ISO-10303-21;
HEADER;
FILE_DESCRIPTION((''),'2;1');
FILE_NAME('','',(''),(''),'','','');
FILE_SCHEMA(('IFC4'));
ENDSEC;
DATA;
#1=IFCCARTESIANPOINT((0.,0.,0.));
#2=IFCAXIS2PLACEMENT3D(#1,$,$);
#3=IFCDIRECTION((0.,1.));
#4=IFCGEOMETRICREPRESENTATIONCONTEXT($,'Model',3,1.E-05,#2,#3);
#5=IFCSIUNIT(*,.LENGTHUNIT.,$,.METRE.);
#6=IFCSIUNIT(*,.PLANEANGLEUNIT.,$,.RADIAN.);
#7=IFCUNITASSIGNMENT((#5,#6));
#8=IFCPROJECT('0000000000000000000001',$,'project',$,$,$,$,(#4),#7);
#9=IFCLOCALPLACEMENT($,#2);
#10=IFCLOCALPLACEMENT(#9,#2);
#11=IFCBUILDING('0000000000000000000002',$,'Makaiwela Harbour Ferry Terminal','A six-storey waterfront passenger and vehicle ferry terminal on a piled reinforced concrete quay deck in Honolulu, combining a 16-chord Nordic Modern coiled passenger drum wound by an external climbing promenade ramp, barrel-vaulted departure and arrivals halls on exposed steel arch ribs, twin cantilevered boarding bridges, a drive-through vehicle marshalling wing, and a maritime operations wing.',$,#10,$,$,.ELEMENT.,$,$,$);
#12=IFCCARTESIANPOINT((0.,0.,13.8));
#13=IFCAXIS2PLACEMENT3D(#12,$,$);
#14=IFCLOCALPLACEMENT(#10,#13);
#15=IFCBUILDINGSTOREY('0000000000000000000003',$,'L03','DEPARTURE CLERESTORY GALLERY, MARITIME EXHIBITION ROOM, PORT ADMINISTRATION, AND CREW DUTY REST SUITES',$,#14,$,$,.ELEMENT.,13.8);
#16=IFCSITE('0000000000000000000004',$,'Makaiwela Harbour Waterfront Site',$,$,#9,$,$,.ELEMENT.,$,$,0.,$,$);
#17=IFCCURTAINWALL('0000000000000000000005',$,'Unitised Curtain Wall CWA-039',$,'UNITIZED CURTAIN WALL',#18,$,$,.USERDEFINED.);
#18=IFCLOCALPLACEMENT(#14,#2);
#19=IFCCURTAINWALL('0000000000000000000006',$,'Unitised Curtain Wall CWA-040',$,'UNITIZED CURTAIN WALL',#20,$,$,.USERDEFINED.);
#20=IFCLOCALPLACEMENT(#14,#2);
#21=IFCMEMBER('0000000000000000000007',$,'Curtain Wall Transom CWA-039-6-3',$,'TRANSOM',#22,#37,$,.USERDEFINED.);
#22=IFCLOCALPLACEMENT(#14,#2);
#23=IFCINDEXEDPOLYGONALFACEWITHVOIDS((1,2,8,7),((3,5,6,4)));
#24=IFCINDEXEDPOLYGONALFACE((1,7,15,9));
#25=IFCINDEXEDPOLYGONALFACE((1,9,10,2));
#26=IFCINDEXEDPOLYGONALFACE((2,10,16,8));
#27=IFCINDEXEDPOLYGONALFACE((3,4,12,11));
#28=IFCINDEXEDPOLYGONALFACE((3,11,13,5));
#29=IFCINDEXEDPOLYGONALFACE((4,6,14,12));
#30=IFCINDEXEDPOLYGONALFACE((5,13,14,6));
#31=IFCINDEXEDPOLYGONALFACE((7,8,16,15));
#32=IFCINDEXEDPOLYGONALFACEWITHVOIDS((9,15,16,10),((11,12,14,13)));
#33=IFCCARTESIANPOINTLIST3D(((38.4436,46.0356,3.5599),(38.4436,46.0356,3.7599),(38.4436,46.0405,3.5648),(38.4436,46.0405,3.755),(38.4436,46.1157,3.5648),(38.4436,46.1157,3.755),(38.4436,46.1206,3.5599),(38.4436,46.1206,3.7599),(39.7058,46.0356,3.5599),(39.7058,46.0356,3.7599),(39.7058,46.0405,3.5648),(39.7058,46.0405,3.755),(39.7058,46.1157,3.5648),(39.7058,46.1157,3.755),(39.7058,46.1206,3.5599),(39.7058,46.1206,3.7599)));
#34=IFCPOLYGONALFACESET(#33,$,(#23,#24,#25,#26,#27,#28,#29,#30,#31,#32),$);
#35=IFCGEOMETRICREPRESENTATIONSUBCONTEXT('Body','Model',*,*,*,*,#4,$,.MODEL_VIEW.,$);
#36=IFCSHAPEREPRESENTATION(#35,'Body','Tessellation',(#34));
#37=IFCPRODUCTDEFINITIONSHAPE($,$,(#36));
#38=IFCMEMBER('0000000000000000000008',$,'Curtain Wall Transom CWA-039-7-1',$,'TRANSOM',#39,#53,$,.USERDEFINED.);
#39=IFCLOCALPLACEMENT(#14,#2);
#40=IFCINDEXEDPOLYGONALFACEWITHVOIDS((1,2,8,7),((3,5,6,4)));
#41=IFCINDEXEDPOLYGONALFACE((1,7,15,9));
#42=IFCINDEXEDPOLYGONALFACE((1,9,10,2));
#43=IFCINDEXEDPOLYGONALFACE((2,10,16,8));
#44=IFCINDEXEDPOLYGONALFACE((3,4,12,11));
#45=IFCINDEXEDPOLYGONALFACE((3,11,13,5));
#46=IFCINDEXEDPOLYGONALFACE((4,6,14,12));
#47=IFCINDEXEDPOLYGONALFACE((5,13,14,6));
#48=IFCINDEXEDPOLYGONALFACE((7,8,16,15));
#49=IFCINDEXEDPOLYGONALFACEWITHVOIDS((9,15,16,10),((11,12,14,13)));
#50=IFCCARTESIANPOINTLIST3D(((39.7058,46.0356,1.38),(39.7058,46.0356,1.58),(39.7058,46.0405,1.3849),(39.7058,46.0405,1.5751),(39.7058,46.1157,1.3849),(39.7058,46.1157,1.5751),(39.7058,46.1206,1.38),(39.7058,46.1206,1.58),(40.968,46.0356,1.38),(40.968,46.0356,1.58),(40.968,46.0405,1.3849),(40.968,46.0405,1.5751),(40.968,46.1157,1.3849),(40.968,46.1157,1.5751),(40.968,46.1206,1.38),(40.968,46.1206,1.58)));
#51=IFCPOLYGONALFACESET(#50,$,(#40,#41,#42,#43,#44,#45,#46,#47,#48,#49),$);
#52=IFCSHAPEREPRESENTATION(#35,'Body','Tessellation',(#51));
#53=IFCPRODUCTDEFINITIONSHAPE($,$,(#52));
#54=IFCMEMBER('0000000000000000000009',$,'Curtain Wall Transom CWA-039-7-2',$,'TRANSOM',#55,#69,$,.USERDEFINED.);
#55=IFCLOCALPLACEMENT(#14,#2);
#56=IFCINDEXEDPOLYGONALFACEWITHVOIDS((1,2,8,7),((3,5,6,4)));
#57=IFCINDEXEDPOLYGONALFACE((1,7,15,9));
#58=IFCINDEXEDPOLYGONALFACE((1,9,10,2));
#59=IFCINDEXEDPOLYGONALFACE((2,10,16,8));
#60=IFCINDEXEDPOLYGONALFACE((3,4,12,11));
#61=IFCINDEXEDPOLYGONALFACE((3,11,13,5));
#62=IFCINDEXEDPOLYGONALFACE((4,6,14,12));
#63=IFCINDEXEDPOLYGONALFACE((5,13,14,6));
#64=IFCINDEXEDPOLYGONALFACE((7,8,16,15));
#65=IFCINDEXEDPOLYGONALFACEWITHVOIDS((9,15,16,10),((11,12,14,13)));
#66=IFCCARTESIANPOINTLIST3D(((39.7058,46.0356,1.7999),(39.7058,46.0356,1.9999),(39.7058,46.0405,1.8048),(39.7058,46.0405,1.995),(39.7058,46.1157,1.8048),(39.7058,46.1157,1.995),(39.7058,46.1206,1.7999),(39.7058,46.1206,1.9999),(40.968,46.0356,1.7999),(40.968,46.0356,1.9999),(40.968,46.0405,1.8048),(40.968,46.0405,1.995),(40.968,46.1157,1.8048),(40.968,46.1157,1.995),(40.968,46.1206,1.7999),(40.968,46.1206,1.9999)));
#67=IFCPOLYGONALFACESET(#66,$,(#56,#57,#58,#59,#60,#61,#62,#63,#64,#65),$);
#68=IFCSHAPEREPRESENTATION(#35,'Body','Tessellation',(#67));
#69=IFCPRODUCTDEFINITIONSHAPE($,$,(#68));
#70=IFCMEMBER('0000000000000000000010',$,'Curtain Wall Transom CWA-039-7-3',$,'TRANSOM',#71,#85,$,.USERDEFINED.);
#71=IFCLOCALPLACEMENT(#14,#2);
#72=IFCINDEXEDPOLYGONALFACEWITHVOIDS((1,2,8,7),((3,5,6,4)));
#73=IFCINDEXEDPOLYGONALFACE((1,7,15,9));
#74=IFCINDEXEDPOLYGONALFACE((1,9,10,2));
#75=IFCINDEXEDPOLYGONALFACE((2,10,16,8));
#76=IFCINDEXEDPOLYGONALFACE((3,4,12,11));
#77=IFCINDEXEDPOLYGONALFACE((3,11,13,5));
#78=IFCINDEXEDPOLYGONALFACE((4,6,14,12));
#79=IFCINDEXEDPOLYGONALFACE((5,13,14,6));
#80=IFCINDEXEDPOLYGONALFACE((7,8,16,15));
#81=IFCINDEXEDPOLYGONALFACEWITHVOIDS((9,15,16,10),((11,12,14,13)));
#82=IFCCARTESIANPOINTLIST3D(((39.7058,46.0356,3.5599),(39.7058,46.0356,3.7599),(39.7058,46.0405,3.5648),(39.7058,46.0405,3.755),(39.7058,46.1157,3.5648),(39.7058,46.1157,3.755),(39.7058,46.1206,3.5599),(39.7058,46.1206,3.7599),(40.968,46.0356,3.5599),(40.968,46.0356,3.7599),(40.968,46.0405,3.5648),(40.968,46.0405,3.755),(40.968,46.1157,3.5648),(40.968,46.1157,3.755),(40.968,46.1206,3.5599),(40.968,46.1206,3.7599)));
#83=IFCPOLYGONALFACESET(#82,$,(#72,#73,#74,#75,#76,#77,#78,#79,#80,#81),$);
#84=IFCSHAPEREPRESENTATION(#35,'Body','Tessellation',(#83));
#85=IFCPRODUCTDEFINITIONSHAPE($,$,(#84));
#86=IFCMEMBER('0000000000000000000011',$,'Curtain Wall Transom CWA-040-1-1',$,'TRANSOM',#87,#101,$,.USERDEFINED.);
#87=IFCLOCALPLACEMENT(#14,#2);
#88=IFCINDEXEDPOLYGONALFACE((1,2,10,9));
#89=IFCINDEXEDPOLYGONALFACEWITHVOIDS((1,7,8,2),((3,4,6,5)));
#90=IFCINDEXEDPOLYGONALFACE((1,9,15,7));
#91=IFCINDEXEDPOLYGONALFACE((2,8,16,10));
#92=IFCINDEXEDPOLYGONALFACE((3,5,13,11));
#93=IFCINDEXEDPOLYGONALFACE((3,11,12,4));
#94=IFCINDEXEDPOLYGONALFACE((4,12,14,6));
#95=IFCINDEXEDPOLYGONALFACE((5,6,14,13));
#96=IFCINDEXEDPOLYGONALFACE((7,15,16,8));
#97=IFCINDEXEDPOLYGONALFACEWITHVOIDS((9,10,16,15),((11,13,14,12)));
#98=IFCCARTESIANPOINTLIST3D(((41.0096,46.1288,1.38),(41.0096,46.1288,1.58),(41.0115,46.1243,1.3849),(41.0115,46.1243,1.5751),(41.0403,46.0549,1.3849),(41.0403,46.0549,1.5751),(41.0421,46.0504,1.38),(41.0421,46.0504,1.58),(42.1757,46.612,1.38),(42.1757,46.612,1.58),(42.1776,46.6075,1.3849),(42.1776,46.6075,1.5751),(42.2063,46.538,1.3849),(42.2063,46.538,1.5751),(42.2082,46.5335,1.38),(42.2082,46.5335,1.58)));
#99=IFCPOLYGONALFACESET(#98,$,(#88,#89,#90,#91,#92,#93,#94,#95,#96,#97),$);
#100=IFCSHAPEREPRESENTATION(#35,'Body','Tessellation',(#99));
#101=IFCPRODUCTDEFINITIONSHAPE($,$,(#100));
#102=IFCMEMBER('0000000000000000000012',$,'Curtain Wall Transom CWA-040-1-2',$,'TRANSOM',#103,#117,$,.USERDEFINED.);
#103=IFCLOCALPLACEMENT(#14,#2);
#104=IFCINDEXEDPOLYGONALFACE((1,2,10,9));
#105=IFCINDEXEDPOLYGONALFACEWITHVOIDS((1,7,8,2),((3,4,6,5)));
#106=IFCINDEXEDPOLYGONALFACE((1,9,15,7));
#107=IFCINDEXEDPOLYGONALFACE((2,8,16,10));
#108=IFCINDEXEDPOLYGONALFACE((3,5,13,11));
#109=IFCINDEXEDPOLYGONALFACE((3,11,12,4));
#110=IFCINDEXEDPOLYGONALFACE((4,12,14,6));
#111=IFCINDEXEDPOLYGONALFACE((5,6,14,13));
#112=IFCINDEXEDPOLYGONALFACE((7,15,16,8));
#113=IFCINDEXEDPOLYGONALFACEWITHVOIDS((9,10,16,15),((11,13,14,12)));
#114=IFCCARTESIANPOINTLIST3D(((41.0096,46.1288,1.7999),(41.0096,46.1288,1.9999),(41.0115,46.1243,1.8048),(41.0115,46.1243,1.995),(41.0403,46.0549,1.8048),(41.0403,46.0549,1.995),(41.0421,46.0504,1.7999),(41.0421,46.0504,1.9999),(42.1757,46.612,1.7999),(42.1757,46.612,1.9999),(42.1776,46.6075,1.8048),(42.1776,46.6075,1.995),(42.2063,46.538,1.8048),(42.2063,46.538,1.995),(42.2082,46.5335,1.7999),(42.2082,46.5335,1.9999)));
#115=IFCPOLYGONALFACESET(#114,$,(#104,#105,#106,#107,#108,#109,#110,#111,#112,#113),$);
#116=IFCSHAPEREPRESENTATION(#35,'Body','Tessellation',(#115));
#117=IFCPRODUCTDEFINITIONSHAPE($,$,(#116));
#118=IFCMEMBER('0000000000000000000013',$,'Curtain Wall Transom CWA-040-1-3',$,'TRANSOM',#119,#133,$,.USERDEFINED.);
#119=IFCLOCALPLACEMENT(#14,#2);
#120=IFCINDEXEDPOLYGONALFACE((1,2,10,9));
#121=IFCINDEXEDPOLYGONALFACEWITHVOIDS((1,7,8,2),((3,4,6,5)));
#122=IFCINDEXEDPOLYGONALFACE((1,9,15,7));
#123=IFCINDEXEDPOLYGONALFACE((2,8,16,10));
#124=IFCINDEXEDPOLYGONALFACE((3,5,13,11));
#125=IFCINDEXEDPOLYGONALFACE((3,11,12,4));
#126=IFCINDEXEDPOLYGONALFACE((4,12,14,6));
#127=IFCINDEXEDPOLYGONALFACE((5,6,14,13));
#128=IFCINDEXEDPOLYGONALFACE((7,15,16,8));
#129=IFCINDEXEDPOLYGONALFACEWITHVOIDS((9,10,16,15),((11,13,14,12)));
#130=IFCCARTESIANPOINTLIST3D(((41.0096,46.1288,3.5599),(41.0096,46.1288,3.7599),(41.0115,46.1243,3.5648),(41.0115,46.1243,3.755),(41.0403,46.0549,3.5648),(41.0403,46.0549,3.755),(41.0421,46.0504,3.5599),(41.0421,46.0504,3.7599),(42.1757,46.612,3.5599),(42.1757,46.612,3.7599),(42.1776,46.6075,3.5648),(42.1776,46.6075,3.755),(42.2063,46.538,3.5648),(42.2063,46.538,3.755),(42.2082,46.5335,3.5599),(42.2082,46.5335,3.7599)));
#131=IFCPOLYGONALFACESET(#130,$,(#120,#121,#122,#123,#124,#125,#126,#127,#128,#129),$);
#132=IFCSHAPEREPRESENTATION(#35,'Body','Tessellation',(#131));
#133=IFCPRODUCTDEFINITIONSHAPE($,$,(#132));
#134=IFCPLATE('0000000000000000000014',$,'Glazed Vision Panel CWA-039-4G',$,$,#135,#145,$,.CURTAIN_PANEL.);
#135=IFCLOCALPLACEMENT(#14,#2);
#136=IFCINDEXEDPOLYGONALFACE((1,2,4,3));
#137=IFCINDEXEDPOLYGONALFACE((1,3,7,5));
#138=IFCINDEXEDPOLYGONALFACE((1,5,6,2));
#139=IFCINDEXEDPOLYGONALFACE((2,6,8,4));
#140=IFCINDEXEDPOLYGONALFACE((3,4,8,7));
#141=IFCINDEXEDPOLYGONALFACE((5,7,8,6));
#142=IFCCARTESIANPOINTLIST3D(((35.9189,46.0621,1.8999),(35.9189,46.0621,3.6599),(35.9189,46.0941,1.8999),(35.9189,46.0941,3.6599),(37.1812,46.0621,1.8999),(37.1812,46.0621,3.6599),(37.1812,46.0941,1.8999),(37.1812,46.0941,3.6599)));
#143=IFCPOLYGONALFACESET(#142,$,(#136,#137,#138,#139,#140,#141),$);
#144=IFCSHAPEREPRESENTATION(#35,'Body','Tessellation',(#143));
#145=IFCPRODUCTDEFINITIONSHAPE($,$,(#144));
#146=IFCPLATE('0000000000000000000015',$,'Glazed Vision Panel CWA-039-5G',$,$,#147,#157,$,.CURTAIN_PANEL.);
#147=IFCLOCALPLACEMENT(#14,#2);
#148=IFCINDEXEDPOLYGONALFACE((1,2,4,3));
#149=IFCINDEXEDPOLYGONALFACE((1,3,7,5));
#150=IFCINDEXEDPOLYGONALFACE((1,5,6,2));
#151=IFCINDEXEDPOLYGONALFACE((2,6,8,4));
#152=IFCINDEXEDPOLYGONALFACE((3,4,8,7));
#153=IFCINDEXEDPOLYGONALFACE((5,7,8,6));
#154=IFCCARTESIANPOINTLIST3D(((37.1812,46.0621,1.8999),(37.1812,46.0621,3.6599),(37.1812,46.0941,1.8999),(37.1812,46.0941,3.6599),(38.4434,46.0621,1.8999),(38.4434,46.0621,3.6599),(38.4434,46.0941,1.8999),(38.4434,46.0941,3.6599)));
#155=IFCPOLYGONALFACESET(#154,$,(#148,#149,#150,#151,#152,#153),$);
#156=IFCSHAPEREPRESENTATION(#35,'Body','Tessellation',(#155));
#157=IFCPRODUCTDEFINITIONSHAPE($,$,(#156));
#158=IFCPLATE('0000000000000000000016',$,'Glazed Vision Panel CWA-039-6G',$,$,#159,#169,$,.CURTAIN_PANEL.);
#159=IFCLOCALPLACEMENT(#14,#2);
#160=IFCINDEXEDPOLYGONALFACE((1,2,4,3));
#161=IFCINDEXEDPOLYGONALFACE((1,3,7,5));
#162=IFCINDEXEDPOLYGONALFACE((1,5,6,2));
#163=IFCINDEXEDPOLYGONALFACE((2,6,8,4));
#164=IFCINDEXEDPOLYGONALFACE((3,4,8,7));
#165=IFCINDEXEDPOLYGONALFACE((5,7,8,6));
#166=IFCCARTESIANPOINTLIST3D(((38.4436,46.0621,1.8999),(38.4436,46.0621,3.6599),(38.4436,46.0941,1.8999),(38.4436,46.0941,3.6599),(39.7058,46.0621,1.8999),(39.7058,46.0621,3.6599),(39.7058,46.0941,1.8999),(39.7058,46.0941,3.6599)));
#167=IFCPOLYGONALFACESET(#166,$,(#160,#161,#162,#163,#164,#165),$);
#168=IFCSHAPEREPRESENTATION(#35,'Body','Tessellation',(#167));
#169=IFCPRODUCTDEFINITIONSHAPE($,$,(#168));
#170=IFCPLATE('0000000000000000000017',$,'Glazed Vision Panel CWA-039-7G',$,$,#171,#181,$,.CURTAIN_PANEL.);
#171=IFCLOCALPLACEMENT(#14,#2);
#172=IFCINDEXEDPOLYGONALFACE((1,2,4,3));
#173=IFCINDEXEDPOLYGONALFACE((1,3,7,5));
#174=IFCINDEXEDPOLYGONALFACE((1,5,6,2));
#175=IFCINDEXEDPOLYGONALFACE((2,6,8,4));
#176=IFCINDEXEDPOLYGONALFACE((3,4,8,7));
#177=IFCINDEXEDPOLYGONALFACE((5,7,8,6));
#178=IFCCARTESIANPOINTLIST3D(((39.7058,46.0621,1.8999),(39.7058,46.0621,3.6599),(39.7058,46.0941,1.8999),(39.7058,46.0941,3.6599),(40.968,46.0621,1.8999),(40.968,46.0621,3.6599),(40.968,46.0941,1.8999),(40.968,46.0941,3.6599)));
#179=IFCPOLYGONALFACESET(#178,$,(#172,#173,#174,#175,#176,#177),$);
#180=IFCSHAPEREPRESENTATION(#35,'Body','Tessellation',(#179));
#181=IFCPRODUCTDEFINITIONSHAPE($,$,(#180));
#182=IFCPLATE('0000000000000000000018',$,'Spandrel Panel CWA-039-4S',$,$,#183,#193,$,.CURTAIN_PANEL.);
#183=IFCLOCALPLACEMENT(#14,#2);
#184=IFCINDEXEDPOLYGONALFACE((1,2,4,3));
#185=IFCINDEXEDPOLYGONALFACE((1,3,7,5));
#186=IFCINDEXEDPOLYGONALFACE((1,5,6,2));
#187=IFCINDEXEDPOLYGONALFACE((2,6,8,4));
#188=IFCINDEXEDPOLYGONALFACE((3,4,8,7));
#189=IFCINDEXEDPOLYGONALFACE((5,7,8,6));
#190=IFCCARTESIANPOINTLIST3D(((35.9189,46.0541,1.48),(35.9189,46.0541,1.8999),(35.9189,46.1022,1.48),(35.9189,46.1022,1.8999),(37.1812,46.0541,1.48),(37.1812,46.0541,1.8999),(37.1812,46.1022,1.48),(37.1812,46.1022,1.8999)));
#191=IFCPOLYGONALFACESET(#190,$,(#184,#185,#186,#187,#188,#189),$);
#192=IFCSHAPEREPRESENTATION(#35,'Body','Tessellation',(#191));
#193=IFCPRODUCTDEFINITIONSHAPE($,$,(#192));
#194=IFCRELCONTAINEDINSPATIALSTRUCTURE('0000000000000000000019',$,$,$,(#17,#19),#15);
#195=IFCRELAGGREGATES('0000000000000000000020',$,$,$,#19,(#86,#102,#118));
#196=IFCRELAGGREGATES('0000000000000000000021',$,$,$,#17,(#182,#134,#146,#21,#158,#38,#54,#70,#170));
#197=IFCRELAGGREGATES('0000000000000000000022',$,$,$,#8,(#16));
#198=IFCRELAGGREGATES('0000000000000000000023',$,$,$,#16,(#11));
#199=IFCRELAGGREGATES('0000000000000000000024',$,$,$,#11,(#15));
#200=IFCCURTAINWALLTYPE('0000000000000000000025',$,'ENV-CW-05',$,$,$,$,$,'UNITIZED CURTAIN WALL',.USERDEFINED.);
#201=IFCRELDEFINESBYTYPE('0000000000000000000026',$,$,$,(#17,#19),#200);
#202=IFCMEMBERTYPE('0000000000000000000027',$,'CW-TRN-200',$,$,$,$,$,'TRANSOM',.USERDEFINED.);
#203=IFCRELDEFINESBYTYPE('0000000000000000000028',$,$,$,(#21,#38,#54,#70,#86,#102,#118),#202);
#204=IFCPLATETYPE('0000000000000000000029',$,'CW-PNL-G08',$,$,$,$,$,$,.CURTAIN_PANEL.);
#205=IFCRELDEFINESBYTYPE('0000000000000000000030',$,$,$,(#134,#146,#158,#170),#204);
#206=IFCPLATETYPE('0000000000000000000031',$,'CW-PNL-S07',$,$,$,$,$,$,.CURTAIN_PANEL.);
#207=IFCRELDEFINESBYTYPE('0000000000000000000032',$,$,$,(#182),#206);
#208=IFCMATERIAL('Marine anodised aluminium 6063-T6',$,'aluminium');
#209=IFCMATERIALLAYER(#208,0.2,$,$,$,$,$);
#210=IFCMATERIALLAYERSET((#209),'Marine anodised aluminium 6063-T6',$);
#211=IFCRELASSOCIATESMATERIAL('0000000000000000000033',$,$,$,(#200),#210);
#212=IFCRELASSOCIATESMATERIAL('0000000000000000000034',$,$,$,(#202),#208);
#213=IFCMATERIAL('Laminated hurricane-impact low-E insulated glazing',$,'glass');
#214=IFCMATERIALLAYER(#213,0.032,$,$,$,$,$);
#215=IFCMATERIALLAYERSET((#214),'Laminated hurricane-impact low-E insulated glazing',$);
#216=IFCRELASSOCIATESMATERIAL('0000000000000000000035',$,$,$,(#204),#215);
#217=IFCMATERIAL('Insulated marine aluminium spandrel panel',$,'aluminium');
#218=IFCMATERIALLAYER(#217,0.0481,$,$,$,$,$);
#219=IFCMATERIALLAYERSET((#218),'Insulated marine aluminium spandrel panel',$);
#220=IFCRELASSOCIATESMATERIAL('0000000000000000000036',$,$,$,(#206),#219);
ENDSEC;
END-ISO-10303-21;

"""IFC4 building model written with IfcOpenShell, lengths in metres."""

from ifc_helpers import new_model, si_unit, direction, frame, origin, origin_2d, place, context, subcontext, project, spatial, rectangle, hollow_rectangle, extrude, material, layer, layer_set, material_profile, profile_set, type_object, element, aggregate, save


model = new_model("IFC4")

# Units and contexts
model_context = context("Model", 3, precision=1e-05, world=origin(), true_north=direction((0.0, 1.0)))
body_context = subcontext(model_context, "Body", "Model", "MODEL_VIEW")
ifc_project = project(units=[si_unit("LENGTHUNIT", "METRE"), si_unit("PLANEANGLEUNIT", "RADIAN")], contexts=[model_context])

# Site, building, storey
site_placement = place(None, origin())
site = spatial("IfcSite", under=ifc_project, at=site_placement, Name="Makaiwela Harbour Waterfront Site", CompositionType="ELEMENT", RefElevation=0.0)
building_placement = place(site_placement, origin())
building = spatial("IfcBuilding", under=site, at=building_placement, Name="Makaiwela Harbour Ferry Terminal", Description="A six-storey waterfront passenger and vehicle ferry terminal on a piled reinforced concrete quay deck in Honolulu, combining a 16-chord Nordic Modern coiled passenger drum wound by an external climbing promenade ramp, barrel-vaulted departure and arrivals halls on exposed steel arch ribs, twin cantilevered boarding bridges, a drive-through vehicle marshalling wing, and a maritime operations wing.", CompositionType="ELEMENT")
storey_placement = place(building_placement, frame((0.0, 0.0, 13.8)))
storey = spatial("IfcBuildingStorey", under=building, at=storey_placement, Name="L03", Description="DEPARTURE CLERESTORY GALLERY, MARITIME EXHIBITION ROOM, PORT ADMINISTRATION, AND CREW DUTY REST SUITES", CompositionType="ELEMENT", Elevation=13.8)

# Curtain wall
ifc_material_1 = material(Name="Marine anodised aluminium 6063-T6", Category="aluminium")
ifc_layer_1 = layer(ifc_material_1, 0.2)
ifc_layer_set_1 = layer_set([ifc_layer_1], Name="Marine anodised aluminium 6063-T6")
curtain_wall_type = type_object("IfcCurtainWallType", Name="ENV-CW-05", ElementType="UNITIZED CURTAIN WALL", PredefinedType="USERDEFINED", material=ifc_layer_set_1)
curtain_wall_1_placement = place(storey_placement, origin())
curtain_wall_1 = element("IfcCurtainWall", 1, at=curtain_wall_1_placement, inside=storey, type_object=curtain_wall_type, Name="Unitised Curtain Wall CWA-039", ObjectType="UNITIZED CURTAIN WALL", PredefinedType="USERDEFINED")

# Curtain wall
curtain_wall_2_placement = place(storey_placement, origin())
curtain_wall_2 = element("IfcCurtainWall", 2, at=curtain_wall_2_placement, inside=storey, type_object=curtain_wall_type, Name="Unitised Curtain Wall CWA-040", ObjectType="UNITIZED CURTAIN WALL", PredefinedType="USERDEFINED")

# Members
ifc_material_profile_1 = material_profile(ifc_material_1, hollow_rectangle(XDim=0.085, YDim=0.2, WallThickness=0.0049, at=origin_2d()), Name="CWT-200X85")
ifc_profile_set_1 = profile_set([ifc_material_profile_1], Name="Marine anodised aluminium 6063-T6")
member_type_1 = type_object("IfcMemberType", Name="CW-TRN-200", ElementType="TRANSOM", PredefinedType="USERDEFINED", material=ifc_profile_set_1)
member_1_placement = place(storey_placement, frame((38.4436, 46.0781, 3.6599), z_axis=(1.0, 0.0, 0.0), x_axis=(0.0, 1.0, 0.0)))
member_1 = element("IfcMember", 3, at=member_1_placement, type_object=member_type_1, Name="Curtain Wall Transom CWA-039-6-3", ObjectType="TRANSOM", PredefinedType="USERDEFINED", context=body_context, shape_type="SweptSolid", body=[
    extrude(hollow_rectangle(XDim=0.085, YDim=0.2, WallThickness=0.0049, at=origin_2d()), origin(), (0.0, 0.0, 1.0), 1.2622),
])
member_2_placement = place(storey_placement, frame((39.7058, 46.0781, 1.48), z_axis=(1.0, 0.0, 0.0), x_axis=(0.0, 1.0, 0.0)))
member_2 = element("IfcMember", 4, at=member_2_placement, type_object=member_type_1, Name="Curtain Wall Transom CWA-039-7-1", ObjectType="TRANSOM", PredefinedType="USERDEFINED", context=body_context, shape_type="SweptSolid", body=[
    extrude(hollow_rectangle(XDim=0.085, YDim=0.2, WallThickness=0.0049, at=origin_2d()), origin(), (0.0, 0.0, 1.0), 1.2622),
])
member_3_placement = place(storey_placement, frame((39.7058, 46.0781, 1.8999), z_axis=(1.0, 0.0, 0.0), x_axis=(0.0, 1.0, 0.0)))
member_3 = element("IfcMember", 5, at=member_3_placement, type_object=member_type_1, Name="Curtain Wall Transom CWA-039-7-2", ObjectType="TRANSOM", PredefinedType="USERDEFINED", context=body_context, shape_type="SweptSolid", body=[
    extrude(hollow_rectangle(XDim=0.085, YDim=0.2, WallThickness=0.0049, at=origin_2d()), origin(), (0.0, 0.0, 1.0), 1.2622),
])
member_4_placement = place(storey_placement, frame((39.7058, 46.0781, 3.6599), z_axis=(1.0, 0.0, 0.0), x_axis=(0.0, 1.0, 0.0)))
member_4 = element("IfcMember", 6, at=member_4_placement, type_object=member_type_1, Name="Curtain Wall Transom CWA-039-7-3", ObjectType="TRANSOM", PredefinedType="USERDEFINED", context=body_context, shape_type="SweptSolid", body=[
    extrude(hollow_rectangle(XDim=0.085, YDim=0.2, WallThickness=0.0049, at=origin_2d()), origin(), (0.0, 0.0, 1.0), 1.2622),
])
member_5_placement = place(storey_placement, frame((41.0259, 46.0896, 1.48), z_axis=(0.923831, 0.382802, 0.0), x_axis=(-0.382802, 0.923831, 0.0)))
member_5 = element("IfcMember", 7, at=member_5_placement, type_object=member_type_1, Name="Curtain Wall Transom CWA-040-1-1", ObjectType="TRANSOM", PredefinedType="USERDEFINED", context=body_context, shape_type="SweptSolid", body=[
    extrude(hollow_rectangle(XDim=0.085, YDim=0.2, WallThickness=0.0049, at=origin_2d()), origin(), (0.0, 0.0, 1.0), 1.2622),
])
member_6_placement = place(storey_placement, frame((41.0259, 46.0896, 1.8999), z_axis=(0.923831, 0.382802, 0.0), x_axis=(-0.382802, 0.923831, 0.0)))
member_6 = element("IfcMember", 8, at=member_6_placement, type_object=member_type_1, Name="Curtain Wall Transom CWA-040-1-2", ObjectType="TRANSOM", PredefinedType="USERDEFINED", context=body_context, shape_type="SweptSolid", body=[
    extrude(hollow_rectangle(XDim=0.085, YDim=0.2, WallThickness=0.0049, at=origin_2d()), origin(), (0.0, 0.0, 1.0), 1.2622),
])
member_7_placement = place(storey_placement, frame((41.0259, 46.0896, 3.6599), z_axis=(0.923831, 0.382802, 0.0), x_axis=(-0.382802, 0.923831, 0.0)))
member_7 = element("IfcMember", 9, at=member_7_placement, type_object=member_type_1, Name="Curtain Wall Transom CWA-040-1-3", ObjectType="TRANSOM", PredefinedType="USERDEFINED", context=body_context, shape_type="SweptSolid", body=[
    extrude(hollow_rectangle(XDim=0.085, YDim=0.2, WallThickness=0.0049, at=origin_2d()), origin(), (0.0, 0.0, 1.0), 1.2622),
])
aggregate(curtain_wall_2, [member_5, member_6, member_7])

# Plates
ifc_material_2 = material(Name="Laminated hurricane-impact low-E insulated glazing", Category="glass")
ifc_layer_2 = layer(ifc_material_2, 0.032)
ifc_layer_set_2 = layer_set([ifc_layer_2], Name="Laminated hurricane-impact low-E insulated glazing")
plate_type_1 = type_object("IfcPlateType", Name="CW-PNL-G08", PredefinedType="CURTAIN_PANEL", material=ifc_layer_set_2)
plate_1_placement = place(storey_placement, frame((36.55, 46.0781, 1.8999), z_axis=(0.0, 0.0, 1.0), x_axis=(1.0, 0.0, 0.0)))
plate_1 = element("IfcPlate", 10, at=plate_1_placement, type_object=plate_type_1, Name="Glazed Vision Panel CWA-039-4G", PredefinedType="CURTAIN_PANEL", context=body_context, shape_type="SweptSolid", body=[
    extrude(rectangle(XDim=1.2622, YDim=0.032, at=origin_2d()), origin(), (0.0, 0.0, 1.0), 1.76),
])
plate_2_placement = place(storey_placement, frame((37.8123, 46.0781, 1.8999), z_axis=(0.0, 0.0, 1.0), x_axis=(1.0, 0.0, 0.0)))
plate_2 = element("IfcPlate", 11, at=plate_2_placement, type_object=plate_type_1, Name="Glazed Vision Panel CWA-039-5G", PredefinedType="CURTAIN_PANEL", context=body_context, shape_type="SweptSolid", body=[
    extrude(rectangle(XDim=1.2622, YDim=0.032, at=origin_2d()), origin(), (0.0, 0.0, 1.0), 1.76),
])
plate_3_placement = place(storey_placement, frame((39.0747, 46.0781, 1.8999), z_axis=(0.0, 0.0, 1.0), x_axis=(1.0, 0.0, 0.0)))
plate_3 = element("IfcPlate", 12, at=plate_3_placement, type_object=plate_type_1, Name="Glazed Vision Panel CWA-039-6G", PredefinedType="CURTAIN_PANEL", context=body_context, shape_type="SweptSolid", body=[
    extrude(rectangle(XDim=1.2622, YDim=0.032, at=origin_2d()), origin(), (0.0, 0.0, 1.0), 1.76),
])
plate_4_placement = place(storey_placement, frame((40.3369, 46.0781, 1.8999), z_axis=(0.0, 0.0, 1.0), x_axis=(1.0, 0.0, 0.0)))
plate_4 = element("IfcPlate", 13, at=plate_4_placement, type_object=plate_type_1, Name="Glazed Vision Panel CWA-039-7G", PredefinedType="CURTAIN_PANEL", context=body_context, shape_type="SweptSolid", body=[
    extrude(rectangle(XDim=1.2622, YDim=0.032, at=origin_2d()), origin(), (0.0, 0.0, 1.0), 1.76),
])
ifc_material_3 = material(Name="Insulated marine aluminium spandrel panel", Category="aluminium")
ifc_layer_3 = layer(ifc_material_3, 0.0481)
ifc_layer_set_3 = layer_set([ifc_layer_3], Name="Insulated marine aluminium spandrel panel")
plate_type_2 = type_object("IfcPlateType", Name="CW-PNL-S07", PredefinedType="CURTAIN_PANEL", material=ifc_layer_set_3)
plate_5_placement = place(storey_placement, frame((36.55, 46.0781, 1.48), z_axis=(0.0, 0.0, 1.0), x_axis=(1.0, 0.0, 0.0)))
plate_5 = element("IfcPlate", 14, at=plate_5_placement, type_object=plate_type_2, Name="Spandrel Panel CWA-039-4S", PredefinedType="CURTAIN_PANEL", context=body_context, shape_type="SweptSolid", body=[
    extrude(rectangle(XDim=1.2622, YDim=0.0481, at=origin_2d()), origin(), (0.0, 0.0, 1.0), 0.4199),
])
aggregate(curtain_wall_1, [plate_5, plate_1, plate_2, member_1, plate_3, member_2, member_3, member_4, plate_4])

save(model, "model.ifc")
